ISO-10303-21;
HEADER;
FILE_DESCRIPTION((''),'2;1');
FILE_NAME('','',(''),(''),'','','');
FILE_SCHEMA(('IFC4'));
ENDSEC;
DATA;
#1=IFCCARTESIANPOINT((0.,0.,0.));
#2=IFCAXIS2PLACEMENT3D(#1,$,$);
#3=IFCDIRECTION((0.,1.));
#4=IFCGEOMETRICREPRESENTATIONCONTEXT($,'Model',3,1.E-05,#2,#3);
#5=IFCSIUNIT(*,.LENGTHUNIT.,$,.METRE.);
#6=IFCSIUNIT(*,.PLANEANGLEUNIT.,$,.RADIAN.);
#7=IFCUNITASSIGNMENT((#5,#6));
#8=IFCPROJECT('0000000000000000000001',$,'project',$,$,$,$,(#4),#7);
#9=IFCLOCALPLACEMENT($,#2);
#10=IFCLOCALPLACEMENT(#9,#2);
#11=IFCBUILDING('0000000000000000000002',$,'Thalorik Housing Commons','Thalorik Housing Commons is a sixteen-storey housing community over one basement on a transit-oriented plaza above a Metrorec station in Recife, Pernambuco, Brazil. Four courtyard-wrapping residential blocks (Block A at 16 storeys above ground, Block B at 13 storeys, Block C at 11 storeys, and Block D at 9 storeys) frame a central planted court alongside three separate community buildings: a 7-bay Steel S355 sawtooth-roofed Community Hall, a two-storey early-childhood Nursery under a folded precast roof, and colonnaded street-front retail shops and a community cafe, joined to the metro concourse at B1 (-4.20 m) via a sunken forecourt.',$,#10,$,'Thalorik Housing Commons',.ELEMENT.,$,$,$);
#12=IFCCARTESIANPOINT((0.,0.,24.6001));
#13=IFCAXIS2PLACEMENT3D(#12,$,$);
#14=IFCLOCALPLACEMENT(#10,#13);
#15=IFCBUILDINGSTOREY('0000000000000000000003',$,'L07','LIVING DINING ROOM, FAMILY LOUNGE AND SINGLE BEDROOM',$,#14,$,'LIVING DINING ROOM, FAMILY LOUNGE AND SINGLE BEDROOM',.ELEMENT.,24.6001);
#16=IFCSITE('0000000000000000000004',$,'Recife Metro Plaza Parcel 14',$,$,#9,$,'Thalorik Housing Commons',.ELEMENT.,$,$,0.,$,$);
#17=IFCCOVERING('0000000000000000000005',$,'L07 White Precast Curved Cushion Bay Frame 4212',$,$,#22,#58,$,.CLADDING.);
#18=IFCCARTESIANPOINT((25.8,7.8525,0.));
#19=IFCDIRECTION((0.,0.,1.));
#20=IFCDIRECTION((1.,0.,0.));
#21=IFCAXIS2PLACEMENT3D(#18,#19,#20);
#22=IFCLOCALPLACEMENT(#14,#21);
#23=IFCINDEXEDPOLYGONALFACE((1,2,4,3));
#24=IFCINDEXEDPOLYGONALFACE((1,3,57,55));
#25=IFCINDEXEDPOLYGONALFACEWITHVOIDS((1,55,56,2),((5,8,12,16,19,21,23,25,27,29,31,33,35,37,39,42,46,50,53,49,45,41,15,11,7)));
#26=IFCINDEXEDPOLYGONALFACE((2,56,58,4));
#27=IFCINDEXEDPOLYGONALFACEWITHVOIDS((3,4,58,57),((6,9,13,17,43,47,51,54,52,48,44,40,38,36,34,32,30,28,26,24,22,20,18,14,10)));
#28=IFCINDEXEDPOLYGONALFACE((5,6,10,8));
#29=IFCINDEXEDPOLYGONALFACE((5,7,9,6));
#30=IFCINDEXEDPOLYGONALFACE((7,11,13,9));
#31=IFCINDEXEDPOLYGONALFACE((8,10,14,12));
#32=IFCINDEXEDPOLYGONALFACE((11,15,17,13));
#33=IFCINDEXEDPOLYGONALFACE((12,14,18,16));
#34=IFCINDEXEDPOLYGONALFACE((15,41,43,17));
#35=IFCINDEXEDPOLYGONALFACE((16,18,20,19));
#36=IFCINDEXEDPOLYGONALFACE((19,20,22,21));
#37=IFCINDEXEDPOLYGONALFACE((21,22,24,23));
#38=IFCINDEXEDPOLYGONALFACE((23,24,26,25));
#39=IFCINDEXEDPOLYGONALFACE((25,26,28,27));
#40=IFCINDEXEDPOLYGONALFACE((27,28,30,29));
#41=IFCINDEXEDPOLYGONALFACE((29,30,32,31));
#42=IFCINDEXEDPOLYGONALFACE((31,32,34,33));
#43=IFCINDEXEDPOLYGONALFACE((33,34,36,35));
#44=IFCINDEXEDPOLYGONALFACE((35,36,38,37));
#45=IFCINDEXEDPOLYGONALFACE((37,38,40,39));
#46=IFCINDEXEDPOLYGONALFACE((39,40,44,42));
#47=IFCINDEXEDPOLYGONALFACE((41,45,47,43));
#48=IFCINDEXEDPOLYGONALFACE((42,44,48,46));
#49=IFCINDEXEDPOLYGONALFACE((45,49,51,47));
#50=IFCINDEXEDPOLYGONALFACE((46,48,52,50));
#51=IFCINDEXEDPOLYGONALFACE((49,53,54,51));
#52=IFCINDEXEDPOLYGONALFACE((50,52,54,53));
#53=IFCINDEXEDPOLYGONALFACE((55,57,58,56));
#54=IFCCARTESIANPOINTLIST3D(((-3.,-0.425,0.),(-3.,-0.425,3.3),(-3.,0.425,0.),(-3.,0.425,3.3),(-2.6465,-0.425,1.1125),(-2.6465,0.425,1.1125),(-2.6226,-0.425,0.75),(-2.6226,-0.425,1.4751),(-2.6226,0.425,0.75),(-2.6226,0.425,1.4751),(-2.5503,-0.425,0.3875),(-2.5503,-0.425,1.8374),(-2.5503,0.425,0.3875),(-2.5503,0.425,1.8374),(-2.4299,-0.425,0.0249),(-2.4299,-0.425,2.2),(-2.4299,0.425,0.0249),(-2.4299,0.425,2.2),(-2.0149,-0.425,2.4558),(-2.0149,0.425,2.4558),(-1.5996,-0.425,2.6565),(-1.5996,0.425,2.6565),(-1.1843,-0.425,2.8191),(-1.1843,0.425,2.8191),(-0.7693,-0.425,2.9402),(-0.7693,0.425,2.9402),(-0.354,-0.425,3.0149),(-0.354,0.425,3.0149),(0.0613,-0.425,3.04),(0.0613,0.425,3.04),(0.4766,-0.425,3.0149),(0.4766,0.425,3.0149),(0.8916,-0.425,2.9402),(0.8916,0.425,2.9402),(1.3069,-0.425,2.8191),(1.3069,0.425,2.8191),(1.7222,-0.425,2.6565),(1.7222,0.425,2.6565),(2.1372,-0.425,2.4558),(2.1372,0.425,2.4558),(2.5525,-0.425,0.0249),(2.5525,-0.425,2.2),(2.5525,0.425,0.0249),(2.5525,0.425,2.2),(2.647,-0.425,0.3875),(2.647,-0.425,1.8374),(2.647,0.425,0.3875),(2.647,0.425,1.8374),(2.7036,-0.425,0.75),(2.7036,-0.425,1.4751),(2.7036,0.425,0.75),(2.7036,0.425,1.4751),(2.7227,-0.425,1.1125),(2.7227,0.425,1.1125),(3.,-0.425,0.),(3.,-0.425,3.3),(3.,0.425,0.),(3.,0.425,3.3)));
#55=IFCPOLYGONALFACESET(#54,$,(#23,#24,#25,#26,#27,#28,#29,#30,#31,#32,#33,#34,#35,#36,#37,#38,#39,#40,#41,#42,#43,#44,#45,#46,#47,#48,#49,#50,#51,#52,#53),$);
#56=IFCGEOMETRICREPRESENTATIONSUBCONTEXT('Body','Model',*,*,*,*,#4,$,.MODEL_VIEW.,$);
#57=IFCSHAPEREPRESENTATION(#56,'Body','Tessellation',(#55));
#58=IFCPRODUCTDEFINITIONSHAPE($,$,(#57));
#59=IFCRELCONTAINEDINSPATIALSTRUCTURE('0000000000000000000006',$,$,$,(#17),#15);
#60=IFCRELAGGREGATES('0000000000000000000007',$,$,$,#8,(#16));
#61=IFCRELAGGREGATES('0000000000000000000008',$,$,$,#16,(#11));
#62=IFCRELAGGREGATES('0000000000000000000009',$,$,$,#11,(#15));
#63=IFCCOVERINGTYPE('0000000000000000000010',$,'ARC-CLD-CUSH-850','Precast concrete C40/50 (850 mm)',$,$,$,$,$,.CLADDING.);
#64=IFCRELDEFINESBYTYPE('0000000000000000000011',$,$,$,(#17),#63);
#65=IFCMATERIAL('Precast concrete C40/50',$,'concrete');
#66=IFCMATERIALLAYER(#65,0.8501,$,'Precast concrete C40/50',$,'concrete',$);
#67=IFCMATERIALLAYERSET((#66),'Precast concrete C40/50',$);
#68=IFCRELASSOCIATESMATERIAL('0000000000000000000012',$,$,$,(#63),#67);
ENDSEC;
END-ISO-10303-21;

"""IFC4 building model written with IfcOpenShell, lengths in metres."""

from ifc_helpers import new_model, si_unit, direction, frame, origin, place, context, subcontext, project, spatial, polyline, outline, extrude, material, layer, layer_set, type_object, element, save


model = new_model("IFC4")

# Units and contexts
model_context = context("Model", 3, precision=1e-05, world=origin(), true_north=direction((0.0, 1.0)))
body_context = subcontext(model_context, "Body", "Model", "MODEL_VIEW")
ifc_project = project(units=[si_unit("LENGTHUNIT", "METRE"), si_unit("PLANEANGLEUNIT", "RADIAN")], contexts=[model_context])

# Site, building, storey
site_placement = place(None, origin())
site = spatial("IfcSite", under=ifc_project, at=site_placement, Name="Recife Metro Plaza Parcel 14", LongName="Thalorik Housing Commons", CompositionType="ELEMENT", RefElevation=0.0)
building_placement = place(site_placement, origin())
building = spatial("IfcBuilding", under=site, at=building_placement, Name="Thalorik Housing Commons", Description="Thalorik Housing Commons is a sixteen-storey housing community over one basement on a transit-oriented plaza above a Metrorec station in Recife, Pernambuco, Brazil. Four courtyard-wrapping residential blocks (Block A at 16 storeys above ground, Block B at 13 storeys, Block C at 11 storeys, and Block D at 9 storeys) frame a central planted court alongside three separate community buildings: a 7-bay Steel S355 sawtooth-roofed Community Hall, a two-storey early-childhood Nursery under a folded precast roof, and colonnaded street-front retail shops and a community cafe, joined to the metro concourse at B1 (-4.20 m) via a sunken forecourt.", LongName="Thalorik Housing Commons", CompositionType="ELEMENT")
storey_placement = place(building_placement, frame((0.0, 0.0, 24.6001)))
storey = spatial("IfcBuildingStorey", under=building, at=storey_placement, Name="L07", Description="LIVING DINING ROOM, FAMILY LOUNGE AND SINGLE BEDROOM", LongName="LIVING DINING ROOM, FAMILY LOUNGE AND SINGLE BEDROOM", CompositionType="ELEMENT", Elevation=24.6001)

# Shared definitions
ifc_material_1 = material(Name="Precast concrete C40/50", Category="concrete")

# Covering
ifc_layer_1 = layer(ifc_material_1, 0.8501, Name="Precast concrete C40/50", Category="concrete")
ifc_layer_set_1 = layer_set([ifc_layer_1], Name="Precast concrete C40/50")
covering_type_1 = type_object("IfcCoveringType", Name="ARC-CLD-CUSH-850", Description="Precast concrete C40/50 (850 mm)", PredefinedType="CLADDING", material=ifc_layer_set_1)
covering_1_placement = place(storey_placement, frame((25.8, 7.8525, 0.0), z_axis=(0.0, 0.0, 1.0), x_axis=(1.0, 0.0, 0.0)))
element("IfcCovering", 1, at=covering_1_placement, inside=storey, type_object=covering_type_1, Name="L07 White Precast Curved Cushion Bay Frame 4212", PredefinedType="CLADDING", context=body_context, shape_type="SweptSolid", body=[
    extrude(outline(polyline([(-3.0, 0.0), (3.0, 0.0), (3.0, 3.3), (-3.0, 3.3), (-3.0, 0.0)]), holes=[polyline([(2.5525, 0.0249), (2.647, 0.3875), (2.7036, 0.75), (2.7227, 1.1125), (2.7036, 1.4751), (2.647, 1.8374), (2.5525, 2.2), (2.1372, 2.4558), (1.7222, 2.6565), (1.3069, 2.8191), (0.8916, 2.9402), (0.4766, 3.0149), (0.0613, 3.04), (-0.354, 3.0149), (-0.7693, 2.9402), (-1.1843, 2.8191), (-1.5996, 2.6565), (-2.0149, 2.4558), (-2.4299, 2.2), (-2.5503, 1.8374), (-2.6226, 1.4751), (-2.6465, 1.1125), (-2.6226, 0.75), (-2.5503, 0.3875), (-2.4299, 0.0249), (2.5525, 0.0249)])]), frame((0.0, 0.425, 0.0), z_axis=(0.0, -1.0, 0.0), x_axis=(1.0, 0.0, 0.0)), (0.0, 0.0, 1.0), 0.8501),
])

save(model, "model.ifc")
